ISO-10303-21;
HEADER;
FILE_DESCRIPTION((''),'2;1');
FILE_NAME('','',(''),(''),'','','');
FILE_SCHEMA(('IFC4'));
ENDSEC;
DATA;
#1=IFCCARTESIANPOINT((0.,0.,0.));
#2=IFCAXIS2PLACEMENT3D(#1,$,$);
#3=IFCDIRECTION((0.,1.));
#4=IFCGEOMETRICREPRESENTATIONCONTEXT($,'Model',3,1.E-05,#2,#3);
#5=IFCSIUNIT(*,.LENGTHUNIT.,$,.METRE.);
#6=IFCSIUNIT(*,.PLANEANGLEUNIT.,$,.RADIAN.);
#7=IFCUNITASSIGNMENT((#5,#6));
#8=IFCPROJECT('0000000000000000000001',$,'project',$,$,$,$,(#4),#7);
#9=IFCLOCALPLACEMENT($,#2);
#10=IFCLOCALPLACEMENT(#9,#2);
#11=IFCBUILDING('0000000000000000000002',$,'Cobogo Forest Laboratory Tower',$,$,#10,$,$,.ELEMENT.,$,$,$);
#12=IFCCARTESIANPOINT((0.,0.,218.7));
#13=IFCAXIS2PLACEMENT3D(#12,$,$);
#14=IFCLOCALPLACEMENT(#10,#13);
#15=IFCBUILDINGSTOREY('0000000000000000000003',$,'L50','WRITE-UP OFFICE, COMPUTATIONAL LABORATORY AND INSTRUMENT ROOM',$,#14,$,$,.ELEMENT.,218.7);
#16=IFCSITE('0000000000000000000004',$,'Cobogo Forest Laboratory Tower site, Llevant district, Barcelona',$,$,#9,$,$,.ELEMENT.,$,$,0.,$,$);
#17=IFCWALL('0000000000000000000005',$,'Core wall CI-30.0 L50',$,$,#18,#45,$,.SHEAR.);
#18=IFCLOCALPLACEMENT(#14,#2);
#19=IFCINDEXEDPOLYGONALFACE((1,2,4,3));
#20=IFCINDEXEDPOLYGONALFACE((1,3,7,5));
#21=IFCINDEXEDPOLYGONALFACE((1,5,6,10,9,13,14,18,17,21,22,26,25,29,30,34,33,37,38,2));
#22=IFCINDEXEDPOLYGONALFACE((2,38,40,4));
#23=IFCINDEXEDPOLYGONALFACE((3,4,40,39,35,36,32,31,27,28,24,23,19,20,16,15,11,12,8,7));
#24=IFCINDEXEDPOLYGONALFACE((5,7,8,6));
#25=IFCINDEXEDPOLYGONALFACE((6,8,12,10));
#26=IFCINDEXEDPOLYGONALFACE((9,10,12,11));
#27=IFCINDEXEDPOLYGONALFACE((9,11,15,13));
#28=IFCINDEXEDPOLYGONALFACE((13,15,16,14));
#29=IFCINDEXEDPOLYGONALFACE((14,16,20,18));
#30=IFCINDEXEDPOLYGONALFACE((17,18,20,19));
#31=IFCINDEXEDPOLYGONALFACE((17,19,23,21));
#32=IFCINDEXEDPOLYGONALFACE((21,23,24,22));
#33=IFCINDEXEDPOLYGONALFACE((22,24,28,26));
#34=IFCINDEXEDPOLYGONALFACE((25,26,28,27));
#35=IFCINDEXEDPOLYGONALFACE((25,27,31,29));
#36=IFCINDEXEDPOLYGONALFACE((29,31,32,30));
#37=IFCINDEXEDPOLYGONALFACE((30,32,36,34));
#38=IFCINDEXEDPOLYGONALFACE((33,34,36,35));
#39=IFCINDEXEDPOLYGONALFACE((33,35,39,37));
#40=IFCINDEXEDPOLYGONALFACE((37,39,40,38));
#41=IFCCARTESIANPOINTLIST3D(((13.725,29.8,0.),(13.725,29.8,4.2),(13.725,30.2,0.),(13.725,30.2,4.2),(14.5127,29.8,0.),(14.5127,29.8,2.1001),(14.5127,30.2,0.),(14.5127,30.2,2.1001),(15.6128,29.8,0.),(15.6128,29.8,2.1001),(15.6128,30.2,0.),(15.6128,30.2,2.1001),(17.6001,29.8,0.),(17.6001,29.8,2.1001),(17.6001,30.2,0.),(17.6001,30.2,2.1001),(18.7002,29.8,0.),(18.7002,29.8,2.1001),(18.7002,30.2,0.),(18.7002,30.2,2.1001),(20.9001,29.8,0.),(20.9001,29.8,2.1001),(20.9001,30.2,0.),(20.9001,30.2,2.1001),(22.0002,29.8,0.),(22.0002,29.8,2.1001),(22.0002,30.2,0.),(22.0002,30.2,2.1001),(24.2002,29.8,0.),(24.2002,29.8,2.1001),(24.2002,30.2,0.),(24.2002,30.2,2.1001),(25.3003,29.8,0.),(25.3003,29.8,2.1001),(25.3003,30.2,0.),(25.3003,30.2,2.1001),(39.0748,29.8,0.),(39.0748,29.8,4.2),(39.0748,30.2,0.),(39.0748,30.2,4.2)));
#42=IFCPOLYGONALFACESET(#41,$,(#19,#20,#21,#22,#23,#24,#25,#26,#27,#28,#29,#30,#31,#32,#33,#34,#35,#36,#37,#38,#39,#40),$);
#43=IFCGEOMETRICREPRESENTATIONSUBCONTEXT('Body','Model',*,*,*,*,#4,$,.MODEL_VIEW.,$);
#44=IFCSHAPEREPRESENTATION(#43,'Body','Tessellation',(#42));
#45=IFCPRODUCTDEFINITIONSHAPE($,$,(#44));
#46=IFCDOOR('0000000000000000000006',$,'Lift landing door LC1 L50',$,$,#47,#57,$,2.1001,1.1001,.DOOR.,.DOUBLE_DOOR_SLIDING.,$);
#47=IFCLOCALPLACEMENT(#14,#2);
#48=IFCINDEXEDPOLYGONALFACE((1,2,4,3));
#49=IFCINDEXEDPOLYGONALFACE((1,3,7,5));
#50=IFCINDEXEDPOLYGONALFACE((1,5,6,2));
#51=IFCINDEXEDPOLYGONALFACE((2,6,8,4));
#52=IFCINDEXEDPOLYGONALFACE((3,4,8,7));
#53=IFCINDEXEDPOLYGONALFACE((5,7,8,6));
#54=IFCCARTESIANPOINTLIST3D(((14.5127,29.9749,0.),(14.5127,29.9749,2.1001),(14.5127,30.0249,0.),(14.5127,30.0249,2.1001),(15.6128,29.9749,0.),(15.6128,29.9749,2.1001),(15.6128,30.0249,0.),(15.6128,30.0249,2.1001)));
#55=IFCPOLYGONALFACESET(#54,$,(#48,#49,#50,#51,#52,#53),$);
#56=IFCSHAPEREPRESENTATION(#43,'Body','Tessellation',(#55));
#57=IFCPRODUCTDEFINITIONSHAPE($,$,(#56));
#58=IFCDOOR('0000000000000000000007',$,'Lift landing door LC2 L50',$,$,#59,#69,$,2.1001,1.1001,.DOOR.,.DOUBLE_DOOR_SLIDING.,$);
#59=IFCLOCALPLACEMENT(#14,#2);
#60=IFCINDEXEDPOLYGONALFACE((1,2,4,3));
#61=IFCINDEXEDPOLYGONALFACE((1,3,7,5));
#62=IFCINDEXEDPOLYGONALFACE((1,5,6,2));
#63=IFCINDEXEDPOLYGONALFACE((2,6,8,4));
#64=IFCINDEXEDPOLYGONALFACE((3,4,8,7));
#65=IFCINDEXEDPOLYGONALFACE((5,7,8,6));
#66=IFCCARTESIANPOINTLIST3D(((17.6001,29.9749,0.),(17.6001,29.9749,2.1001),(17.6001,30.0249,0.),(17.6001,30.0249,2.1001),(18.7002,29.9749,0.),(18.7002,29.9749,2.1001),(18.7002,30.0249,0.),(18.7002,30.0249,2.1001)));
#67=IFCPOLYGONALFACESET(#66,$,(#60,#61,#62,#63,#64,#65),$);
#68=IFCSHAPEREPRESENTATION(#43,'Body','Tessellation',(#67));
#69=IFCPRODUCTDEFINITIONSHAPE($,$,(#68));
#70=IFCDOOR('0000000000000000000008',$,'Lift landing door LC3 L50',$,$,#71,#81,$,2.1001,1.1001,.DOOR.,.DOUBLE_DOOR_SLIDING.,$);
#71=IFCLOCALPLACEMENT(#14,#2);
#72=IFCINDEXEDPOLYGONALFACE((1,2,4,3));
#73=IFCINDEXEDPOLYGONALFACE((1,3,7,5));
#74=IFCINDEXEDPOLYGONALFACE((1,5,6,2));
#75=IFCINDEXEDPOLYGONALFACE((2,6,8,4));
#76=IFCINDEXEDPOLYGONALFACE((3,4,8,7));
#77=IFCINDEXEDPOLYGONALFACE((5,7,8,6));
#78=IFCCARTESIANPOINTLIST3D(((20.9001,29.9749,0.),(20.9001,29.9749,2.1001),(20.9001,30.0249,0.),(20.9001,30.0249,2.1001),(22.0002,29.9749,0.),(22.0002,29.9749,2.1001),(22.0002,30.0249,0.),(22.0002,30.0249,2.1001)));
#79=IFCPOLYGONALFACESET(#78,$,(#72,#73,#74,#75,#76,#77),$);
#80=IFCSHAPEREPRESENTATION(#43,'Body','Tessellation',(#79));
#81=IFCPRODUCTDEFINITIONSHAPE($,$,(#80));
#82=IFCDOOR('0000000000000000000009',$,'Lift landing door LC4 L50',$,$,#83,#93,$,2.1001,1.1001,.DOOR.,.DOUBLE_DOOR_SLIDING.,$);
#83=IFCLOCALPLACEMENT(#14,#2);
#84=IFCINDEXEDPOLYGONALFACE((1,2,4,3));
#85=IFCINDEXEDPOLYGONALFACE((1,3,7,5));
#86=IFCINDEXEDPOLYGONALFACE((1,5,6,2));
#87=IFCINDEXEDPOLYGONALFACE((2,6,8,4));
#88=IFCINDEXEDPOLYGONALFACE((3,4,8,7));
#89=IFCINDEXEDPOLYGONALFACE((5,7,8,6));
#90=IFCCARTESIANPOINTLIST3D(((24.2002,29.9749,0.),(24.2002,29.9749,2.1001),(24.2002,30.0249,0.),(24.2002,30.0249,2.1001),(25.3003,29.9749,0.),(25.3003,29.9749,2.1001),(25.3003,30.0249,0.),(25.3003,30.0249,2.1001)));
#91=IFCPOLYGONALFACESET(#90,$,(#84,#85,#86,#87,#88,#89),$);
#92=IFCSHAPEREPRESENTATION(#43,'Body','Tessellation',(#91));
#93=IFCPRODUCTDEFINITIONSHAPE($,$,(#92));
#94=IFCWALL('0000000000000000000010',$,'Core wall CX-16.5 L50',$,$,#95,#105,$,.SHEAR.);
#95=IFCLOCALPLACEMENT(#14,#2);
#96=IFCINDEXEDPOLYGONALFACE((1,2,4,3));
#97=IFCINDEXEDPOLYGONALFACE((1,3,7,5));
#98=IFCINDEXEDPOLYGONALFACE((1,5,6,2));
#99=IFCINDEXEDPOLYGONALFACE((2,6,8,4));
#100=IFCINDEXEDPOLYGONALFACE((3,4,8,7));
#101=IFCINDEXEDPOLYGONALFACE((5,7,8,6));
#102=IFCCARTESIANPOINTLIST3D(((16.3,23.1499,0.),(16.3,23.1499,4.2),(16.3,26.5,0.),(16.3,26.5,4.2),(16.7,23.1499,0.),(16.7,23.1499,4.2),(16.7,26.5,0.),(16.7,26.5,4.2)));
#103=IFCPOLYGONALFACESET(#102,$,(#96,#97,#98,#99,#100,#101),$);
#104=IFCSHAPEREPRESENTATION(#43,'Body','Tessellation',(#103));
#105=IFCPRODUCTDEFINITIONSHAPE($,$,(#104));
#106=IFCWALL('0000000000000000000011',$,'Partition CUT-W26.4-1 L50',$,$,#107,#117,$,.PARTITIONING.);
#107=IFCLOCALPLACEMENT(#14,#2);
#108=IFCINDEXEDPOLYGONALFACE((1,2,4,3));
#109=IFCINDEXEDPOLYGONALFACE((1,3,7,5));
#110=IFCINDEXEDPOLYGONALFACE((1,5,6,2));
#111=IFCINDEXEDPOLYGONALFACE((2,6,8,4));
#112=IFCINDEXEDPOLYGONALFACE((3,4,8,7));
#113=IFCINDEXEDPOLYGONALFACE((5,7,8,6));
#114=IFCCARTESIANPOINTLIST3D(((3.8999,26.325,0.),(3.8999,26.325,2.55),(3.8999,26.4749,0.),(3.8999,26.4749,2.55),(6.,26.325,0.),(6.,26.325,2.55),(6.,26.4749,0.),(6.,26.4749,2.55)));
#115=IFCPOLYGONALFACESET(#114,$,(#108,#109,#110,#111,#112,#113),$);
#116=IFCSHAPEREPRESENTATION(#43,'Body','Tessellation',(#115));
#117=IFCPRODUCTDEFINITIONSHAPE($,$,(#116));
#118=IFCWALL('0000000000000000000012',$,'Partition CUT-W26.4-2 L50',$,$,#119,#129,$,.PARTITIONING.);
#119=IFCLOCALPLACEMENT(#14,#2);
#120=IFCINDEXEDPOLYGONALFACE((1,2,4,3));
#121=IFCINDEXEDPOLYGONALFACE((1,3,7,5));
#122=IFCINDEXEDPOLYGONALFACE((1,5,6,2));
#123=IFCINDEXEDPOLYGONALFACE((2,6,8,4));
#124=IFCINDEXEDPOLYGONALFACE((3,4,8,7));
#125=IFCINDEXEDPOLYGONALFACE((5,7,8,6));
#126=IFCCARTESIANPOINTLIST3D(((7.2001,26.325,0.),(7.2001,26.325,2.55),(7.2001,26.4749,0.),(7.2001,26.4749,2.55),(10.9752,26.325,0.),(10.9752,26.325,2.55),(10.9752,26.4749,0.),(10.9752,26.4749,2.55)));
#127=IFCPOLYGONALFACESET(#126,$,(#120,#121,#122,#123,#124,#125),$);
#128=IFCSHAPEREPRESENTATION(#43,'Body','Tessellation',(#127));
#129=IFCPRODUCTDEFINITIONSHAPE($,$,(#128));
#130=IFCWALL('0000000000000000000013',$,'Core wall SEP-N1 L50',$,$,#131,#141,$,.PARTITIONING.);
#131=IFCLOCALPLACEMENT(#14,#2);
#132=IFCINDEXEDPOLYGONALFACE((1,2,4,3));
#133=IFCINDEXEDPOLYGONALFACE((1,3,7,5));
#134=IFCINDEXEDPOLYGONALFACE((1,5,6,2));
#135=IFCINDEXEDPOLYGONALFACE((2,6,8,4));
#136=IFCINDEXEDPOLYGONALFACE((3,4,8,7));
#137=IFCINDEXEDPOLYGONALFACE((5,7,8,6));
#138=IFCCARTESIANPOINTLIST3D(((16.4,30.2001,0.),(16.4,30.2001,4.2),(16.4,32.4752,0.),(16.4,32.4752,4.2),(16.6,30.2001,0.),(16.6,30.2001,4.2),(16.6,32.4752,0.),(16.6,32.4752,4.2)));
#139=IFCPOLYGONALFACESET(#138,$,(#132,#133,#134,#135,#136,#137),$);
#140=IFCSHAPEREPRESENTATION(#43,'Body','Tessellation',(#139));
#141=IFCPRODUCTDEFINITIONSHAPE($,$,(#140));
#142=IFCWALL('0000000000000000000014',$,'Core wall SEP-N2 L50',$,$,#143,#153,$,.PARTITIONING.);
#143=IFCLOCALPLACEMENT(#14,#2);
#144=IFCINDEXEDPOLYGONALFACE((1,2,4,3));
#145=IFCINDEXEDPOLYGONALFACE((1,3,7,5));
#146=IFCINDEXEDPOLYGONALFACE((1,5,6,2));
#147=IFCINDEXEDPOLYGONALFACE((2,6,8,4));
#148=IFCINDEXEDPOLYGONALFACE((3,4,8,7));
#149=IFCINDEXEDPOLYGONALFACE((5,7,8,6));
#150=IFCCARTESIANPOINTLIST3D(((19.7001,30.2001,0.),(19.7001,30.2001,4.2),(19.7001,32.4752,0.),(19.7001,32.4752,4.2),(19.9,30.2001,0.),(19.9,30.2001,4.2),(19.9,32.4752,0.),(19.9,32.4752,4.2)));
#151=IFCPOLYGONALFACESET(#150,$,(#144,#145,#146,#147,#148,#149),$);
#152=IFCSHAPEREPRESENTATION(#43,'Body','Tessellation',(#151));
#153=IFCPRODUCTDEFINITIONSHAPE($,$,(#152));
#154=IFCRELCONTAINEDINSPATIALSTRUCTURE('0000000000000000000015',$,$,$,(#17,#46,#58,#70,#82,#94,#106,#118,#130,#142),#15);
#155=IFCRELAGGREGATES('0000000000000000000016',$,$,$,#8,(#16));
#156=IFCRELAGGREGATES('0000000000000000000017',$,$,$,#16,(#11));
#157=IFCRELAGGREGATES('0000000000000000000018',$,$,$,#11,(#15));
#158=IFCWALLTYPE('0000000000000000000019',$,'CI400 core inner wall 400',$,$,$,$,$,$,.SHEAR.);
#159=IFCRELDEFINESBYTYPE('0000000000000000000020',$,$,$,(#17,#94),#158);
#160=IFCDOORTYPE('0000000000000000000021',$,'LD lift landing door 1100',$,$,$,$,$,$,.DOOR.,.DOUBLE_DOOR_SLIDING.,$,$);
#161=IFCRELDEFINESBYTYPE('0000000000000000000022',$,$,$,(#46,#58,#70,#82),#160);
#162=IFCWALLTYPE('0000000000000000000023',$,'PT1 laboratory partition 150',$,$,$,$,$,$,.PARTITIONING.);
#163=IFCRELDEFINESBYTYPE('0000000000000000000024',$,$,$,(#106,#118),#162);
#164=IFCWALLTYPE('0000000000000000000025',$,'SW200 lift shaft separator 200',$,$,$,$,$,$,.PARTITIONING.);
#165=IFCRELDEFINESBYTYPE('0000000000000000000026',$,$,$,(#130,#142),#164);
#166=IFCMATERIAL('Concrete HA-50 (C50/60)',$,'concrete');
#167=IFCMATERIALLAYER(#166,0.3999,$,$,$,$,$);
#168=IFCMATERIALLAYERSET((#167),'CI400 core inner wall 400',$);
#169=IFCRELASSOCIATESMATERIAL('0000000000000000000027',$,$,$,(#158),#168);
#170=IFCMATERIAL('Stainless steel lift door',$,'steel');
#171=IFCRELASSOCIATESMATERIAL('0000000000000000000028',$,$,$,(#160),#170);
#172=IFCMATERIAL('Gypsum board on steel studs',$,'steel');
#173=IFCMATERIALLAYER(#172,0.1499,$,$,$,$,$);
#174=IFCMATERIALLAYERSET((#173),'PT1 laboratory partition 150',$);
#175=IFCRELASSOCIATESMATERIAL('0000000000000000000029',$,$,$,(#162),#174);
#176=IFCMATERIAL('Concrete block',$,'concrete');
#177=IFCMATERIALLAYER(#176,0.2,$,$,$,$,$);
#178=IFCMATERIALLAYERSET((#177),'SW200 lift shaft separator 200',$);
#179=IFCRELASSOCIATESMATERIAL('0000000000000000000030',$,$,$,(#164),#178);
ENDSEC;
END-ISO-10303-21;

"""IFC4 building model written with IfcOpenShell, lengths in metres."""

from ifc_helpers import new_model, si_unit, direction, frame, frame_2d, origin, place, context, subcontext, project, spatial, rectangle, extrude, material, layer, layer_set, type_object, element, fill, save


model = new_model("IFC4")

# Units and contexts
model_context = context("Model", 3, precision=1e-05, world=origin(), true_north=direction((0.0, 1.0)))
body_context = subcontext(model_context, "Body", "Model", "MODEL_VIEW")
ifc_project = project(units=[si_unit("LENGTHUNIT", "METRE"), si_unit("PLANEANGLEUNIT", "RADIAN")], contexts=[model_context])

# Site, building, storey
site_placement = place(None, origin())
site = spatial("IfcSite", under=ifc_project, at=site_placement, Name="Cobogo Forest Laboratory Tower site, Llevant district, Barcelona", CompositionType="ELEMENT", RefElevation=0.0)
building_placement = place(site_placement, origin())
building = spatial("IfcBuilding", under=site, at=building_placement, Name="Cobogo Forest Laboratory Tower", CompositionType="ELEMENT")
storey_placement = place(building_placement, frame((0.0, 0.0, 218.7)))
storey = spatial("IfcBuildingStorey", under=building, at=storey_placement, Name="L50", Description="WRITE-UP OFFICE, COMPUTATIONAL LABORATORY AND INSTRUMENT ROOM", CompositionType="ELEMENT", Elevation=218.7)

# Shared definitions
ifc_material_1 = material(Name="Concrete HA-50 (C50/60)", Category="concrete")

# Shared definitions
ifc_layer_1 = layer(ifc_material_1, 0.3999)
ifc_layer_set_1 = layer_set([ifc_layer_1], Name="CI400 core inner wall 400")
wall_type_1 = type_object("IfcWallType", Name="CI400 core inner wall 400", PredefinedType="SHEAR", material=ifc_layer_set_1)

# Wall, openings, doors
ifc_material_2 = material(Name="Stainless steel lift door", Category="steel")
door_type_1 = type_object("IfcDoorType", Name="LD lift landing door 1100", OperationType="DOUBLE_DOOR_SLIDING", PredefinedType="DOOR", material=ifc_material_2)
wall_1_placement = place(storey_placement, frame((13.7251, 30.0, 0.0), z_axis=(0.0, 0.0, 1.0), x_axis=(1.0, 0.0, 0.0)))
wall_1 = element("IfcWall", 1, at=wall_1_placement, inside=storey, type_object=wall_type_1, Name="Core wall CI-30.0 L50", PredefinedType="SHEAR", context=body_context, shape_type="SweptSolid", body=[
    extrude(rectangle(XDim=25.3499, YDim=0.3999, at=frame_2d((12.6748, 0.0))), origin(), (0.0, 0.0, 1.0), 4.2),
])
opening_1_placement = place(wall_1_placement, frame((0.7876, 0.0, 0.0)))
opening_1 = element("IfcOpeningElement", 2, at=opening_1_placement, cuts=wall_1, PredefinedType="OPENING", context=body_context, shape_type="SweptSolid", body=[
    extrude(rectangle(XDim=1.1001, YDim=2.1001, at=frame_2d((0.55, 1.05))), frame((0.0, 0.21, 0.0), z_axis=(0.0, -1.0, 0.0), x_axis=(1.0, 0.0, 0.0)), (0.0, 0.0, 1.0), 0.4199),
])
opening_2_placement = place(wall_1_placement, frame((3.875, 0.0, 0.0)))
opening_2 = element("IfcOpeningElement", 3, at=opening_2_placement, cuts=wall_1, PredefinedType="OPENING", context=body_context, shape_type="SweptSolid", body=[
    extrude(rectangle(XDim=1.1001, YDim=2.1001, at=frame_2d((0.55, 1.05))), frame((0.0, 0.21, 0.0), z_axis=(0.0, -1.0, 0.0), x_axis=(1.0, 0.0, 0.0)), (0.0, 0.0, 1.0), 0.4199),
])
opening_3_placement = place(wall_1_placement, frame((7.175, 0.0, 0.0)))
opening_3 = element("IfcOpeningElement", 4, at=opening_3_placement, cuts=wall_1, PredefinedType="OPENING", context=body_context, shape_type="SweptSolid", body=[
    extrude(rectangle(XDim=1.1001, YDim=2.1001, at=frame_2d((0.55, 1.05))), frame((0.0, 0.21, 0.0), z_axis=(0.0, -1.0, 0.0), x_axis=(1.0, 0.0, 0.0)), (0.0, 0.0, 1.0), 0.4199),
])
opening_4_placement = place(wall_1_placement, frame((10.4751, 0.0, 0.0)))
opening_4 = element("IfcOpeningElement", 5, at=opening_4_placement, cuts=wall_1, PredefinedType="OPENING", context=body_context, shape_type="SweptSolid", body=[
    extrude(rectangle(XDim=1.1001, YDim=2.1001, at=frame_2d((0.55, 1.05))), frame((0.0, 0.21, 0.0), z_axis=(0.0, -1.0, 0.0), x_axis=(1.0, 0.0, 0.0)), (0.0, 0.0, 1.0), 0.4199),
])
door_1_placement = place(opening_1_placement, origin())
door_1 = element("IfcDoor", 6, at=door_1_placement, inside=storey, type_object=door_type_1, Name="Lift landing door LC1 L50", OperationType="DOUBLE_DOOR_SLIDING", OverallHeight=2.1001, OverallWidth=1.1001, PredefinedType="DOOR", context=body_context, shape_type="SweptSolid", body=[
    extrude(rectangle(XDim=1.1001, YDim=2.1001, at=frame_2d((0.55, 1.05))), frame((0.0, 0.0249, 0.0), z_axis=(0.0, -1.0, 0.0), x_axis=(1.0, 0.0, 0.0)), (0.0, 0.0, 1.0), 0.05),
])
fill(opening_1, door_1)
door_2_placement = place(opening_2_placement, origin())
door_2 = element("IfcDoor", 7, at=door_2_placement, inside=storey, type_object=door_type_1, Name="Lift landing door LC2 L50", OperationType="DOUBLE_DOOR_SLIDING", OverallHeight=2.1001, OverallWidth=1.1001, PredefinedType="DOOR", context=body_context, shape_type="SweptSolid", body=[
    extrude(rectangle(XDim=1.1001, YDim=2.1001, at=frame_2d((0.55, 1.05))), frame((0.0, 0.0249, 0.0), z_axis=(0.0, -1.0, 0.0), x_axis=(1.0, 0.0, 0.0)), (0.0, 0.0, 1.0), 0.05),
])
fill(opening_2, door_2)
door_3_placement = place(opening_3_placement, origin())
door_3 = element("IfcDoor", 8, at=door_3_placement, inside=storey, type_object=door_type_1, Name="Lift landing door LC3 L50", OperationType="DOUBLE_DOOR_SLIDING", OverallHeight=2.1001, OverallWidth=1.1001, PredefinedType="DOOR", context=body_context, shape_type="SweptSolid", body=[
    extrude(rectangle(XDim=1.1001, YDim=2.1001, at=frame_2d((0.55, 1.05))), frame((0.0, 0.0249, 0.0), z_axis=(0.0, -1.0, 0.0), x_axis=(1.0, 0.0, 0.0)), (0.0, 0.0, 1.0), 0.05),
])
fill(opening_3, door_3)
door_4_placement = place(opening_4_placement, origin())
door_4 = element("IfcDoor", 9, at=door_4_placement, inside=storey, type_object=door_type_1, Name="Lift landing door LC4 L50", OperationType="DOUBLE_DOOR_SLIDING", OverallHeight=2.1001, OverallWidth=1.1001, PredefinedType="DOOR", context=body_context, shape_type="SweptSolid", body=[
    extrude(rectangle(XDim=1.1001, YDim=2.1001, at=frame_2d((0.55, 1.05))), frame((0.0, 0.0249, 0.0), z_axis=(0.0, -1.0, 0.0), x_axis=(1.0, 0.0, 0.0)), (0.0, 0.0, 1.0), 0.05),
])
fill(opening_4, door_4)

# Walls
wall_2_placement = place(storey_placement, frame((16.5, 23.1499, 0.0), z_axis=(0.0, 0.0, 1.0), x_axis=(0.0, 1.0, 0.0)))
element("IfcWall", 10, at=wall_2_placement, inside=storey, type_object=wall_type_1, Name="Core wall CX-16.5 L50", PredefinedType="SHEAR", context=body_context, shape_type="SweptSolid", body=[
    extrude(rectangle(XDim=3.3501, YDim=0.3999, at=frame_2d((1.675, 0.0))), origin(), (0.0, 0.0, 1.0), 4.2),
])
ifc_material_3 = material(Name="Gypsum board on steel studs", Category="steel")
ifc_layer_2 = layer(ifc_material_3, 0.1499)
ifc_layer_set_2 = layer_set([ifc_layer_2], Name="PT1 laboratory partition 150")
wall_type_2 = type_object("IfcWallType", Name="PT1 laboratory partition 150", PredefinedType="PARTITIONING", material=ifc_layer_set_2)
wall_3_placement = place(storey_placement, frame((3.8999, 26.3999, 0.0), z_axis=(0.0, 0.0, 1.0), x_axis=(1.0, 0.0, 0.0)))
element("IfcWall", 11, at=wall_3_placement, inside=storey, type_object=wall_type_2, Name="Partition CUT-W26.4-1 L50", PredefinedType="PARTITIONING", context=body_context, shape_type="SweptSolid", body=[
    extrude(rectangle(XDim=2.1001, YDim=0.1499, at=frame_2d((1.05, 0.0))), origin(), (0.0, 0.0, 1.0), 2.55),
])
wall_4_placement = place(storey_placement, frame((7.2, 26.3999, 0.0), z_axis=(0.0, 0.0, 1.0), x_axis=(1.0, 0.0, 0.0)))
element("IfcWall", 12, at=wall_4_placement, inside=storey, type_object=wall_type_2, Name="Partition CUT-W26.4-2 L50", PredefinedType="PARTITIONING", context=body_context, shape_type="SweptSolid", body=[
    extrude(rectangle(XDim=3.7751, YDim=0.1499, at=frame_2d((1.8877, 0.0))), origin(), (0.0, 0.0, 1.0), 2.55),
])
ifc_material_4 = material(Name="Concrete block", Category="concrete")
ifc_layer_3 = layer(ifc_material_4, 0.2)
ifc_layer_set_3 = layer_set([ifc_layer_3], Name="SW200 lift shaft separator 200")
wall_type_3 = type_object("IfcWallType", Name="SW200 lift shaft separator 200", PredefinedType="PARTITIONING", material=ifc_layer_set_3)
for number, where, z_axis, x_axis, name in (
    (13, (16.5, 30.2, 0.0), (0.0, 0.0, 1.0), (0.0, 1.0, 0.0), "Core wall SEP-N1 L50"),
    (14, (19.8, 30.2, 0.0), (0.0, 0.0, 1.0), (0.0, 1.0, 0.0), "Core wall SEP-N2 L50"),
):
    element("IfcWall", number, at=place(storey_placement, frame(where, z_axis=z_axis, x_axis=x_axis)), inside=storey, type_object=wall_type_3, Name=name, PredefinedType="PARTITIONING", context=body_context, shape_type="SweptSolid", body=[
        extrude(rectangle(XDim=2.2751, YDim=0.2, at=frame_2d((1.1377, 0.0))), origin(), (0.0, 0.0, 1.0), 4.2),
    ])

save(model, "model.ifc")
